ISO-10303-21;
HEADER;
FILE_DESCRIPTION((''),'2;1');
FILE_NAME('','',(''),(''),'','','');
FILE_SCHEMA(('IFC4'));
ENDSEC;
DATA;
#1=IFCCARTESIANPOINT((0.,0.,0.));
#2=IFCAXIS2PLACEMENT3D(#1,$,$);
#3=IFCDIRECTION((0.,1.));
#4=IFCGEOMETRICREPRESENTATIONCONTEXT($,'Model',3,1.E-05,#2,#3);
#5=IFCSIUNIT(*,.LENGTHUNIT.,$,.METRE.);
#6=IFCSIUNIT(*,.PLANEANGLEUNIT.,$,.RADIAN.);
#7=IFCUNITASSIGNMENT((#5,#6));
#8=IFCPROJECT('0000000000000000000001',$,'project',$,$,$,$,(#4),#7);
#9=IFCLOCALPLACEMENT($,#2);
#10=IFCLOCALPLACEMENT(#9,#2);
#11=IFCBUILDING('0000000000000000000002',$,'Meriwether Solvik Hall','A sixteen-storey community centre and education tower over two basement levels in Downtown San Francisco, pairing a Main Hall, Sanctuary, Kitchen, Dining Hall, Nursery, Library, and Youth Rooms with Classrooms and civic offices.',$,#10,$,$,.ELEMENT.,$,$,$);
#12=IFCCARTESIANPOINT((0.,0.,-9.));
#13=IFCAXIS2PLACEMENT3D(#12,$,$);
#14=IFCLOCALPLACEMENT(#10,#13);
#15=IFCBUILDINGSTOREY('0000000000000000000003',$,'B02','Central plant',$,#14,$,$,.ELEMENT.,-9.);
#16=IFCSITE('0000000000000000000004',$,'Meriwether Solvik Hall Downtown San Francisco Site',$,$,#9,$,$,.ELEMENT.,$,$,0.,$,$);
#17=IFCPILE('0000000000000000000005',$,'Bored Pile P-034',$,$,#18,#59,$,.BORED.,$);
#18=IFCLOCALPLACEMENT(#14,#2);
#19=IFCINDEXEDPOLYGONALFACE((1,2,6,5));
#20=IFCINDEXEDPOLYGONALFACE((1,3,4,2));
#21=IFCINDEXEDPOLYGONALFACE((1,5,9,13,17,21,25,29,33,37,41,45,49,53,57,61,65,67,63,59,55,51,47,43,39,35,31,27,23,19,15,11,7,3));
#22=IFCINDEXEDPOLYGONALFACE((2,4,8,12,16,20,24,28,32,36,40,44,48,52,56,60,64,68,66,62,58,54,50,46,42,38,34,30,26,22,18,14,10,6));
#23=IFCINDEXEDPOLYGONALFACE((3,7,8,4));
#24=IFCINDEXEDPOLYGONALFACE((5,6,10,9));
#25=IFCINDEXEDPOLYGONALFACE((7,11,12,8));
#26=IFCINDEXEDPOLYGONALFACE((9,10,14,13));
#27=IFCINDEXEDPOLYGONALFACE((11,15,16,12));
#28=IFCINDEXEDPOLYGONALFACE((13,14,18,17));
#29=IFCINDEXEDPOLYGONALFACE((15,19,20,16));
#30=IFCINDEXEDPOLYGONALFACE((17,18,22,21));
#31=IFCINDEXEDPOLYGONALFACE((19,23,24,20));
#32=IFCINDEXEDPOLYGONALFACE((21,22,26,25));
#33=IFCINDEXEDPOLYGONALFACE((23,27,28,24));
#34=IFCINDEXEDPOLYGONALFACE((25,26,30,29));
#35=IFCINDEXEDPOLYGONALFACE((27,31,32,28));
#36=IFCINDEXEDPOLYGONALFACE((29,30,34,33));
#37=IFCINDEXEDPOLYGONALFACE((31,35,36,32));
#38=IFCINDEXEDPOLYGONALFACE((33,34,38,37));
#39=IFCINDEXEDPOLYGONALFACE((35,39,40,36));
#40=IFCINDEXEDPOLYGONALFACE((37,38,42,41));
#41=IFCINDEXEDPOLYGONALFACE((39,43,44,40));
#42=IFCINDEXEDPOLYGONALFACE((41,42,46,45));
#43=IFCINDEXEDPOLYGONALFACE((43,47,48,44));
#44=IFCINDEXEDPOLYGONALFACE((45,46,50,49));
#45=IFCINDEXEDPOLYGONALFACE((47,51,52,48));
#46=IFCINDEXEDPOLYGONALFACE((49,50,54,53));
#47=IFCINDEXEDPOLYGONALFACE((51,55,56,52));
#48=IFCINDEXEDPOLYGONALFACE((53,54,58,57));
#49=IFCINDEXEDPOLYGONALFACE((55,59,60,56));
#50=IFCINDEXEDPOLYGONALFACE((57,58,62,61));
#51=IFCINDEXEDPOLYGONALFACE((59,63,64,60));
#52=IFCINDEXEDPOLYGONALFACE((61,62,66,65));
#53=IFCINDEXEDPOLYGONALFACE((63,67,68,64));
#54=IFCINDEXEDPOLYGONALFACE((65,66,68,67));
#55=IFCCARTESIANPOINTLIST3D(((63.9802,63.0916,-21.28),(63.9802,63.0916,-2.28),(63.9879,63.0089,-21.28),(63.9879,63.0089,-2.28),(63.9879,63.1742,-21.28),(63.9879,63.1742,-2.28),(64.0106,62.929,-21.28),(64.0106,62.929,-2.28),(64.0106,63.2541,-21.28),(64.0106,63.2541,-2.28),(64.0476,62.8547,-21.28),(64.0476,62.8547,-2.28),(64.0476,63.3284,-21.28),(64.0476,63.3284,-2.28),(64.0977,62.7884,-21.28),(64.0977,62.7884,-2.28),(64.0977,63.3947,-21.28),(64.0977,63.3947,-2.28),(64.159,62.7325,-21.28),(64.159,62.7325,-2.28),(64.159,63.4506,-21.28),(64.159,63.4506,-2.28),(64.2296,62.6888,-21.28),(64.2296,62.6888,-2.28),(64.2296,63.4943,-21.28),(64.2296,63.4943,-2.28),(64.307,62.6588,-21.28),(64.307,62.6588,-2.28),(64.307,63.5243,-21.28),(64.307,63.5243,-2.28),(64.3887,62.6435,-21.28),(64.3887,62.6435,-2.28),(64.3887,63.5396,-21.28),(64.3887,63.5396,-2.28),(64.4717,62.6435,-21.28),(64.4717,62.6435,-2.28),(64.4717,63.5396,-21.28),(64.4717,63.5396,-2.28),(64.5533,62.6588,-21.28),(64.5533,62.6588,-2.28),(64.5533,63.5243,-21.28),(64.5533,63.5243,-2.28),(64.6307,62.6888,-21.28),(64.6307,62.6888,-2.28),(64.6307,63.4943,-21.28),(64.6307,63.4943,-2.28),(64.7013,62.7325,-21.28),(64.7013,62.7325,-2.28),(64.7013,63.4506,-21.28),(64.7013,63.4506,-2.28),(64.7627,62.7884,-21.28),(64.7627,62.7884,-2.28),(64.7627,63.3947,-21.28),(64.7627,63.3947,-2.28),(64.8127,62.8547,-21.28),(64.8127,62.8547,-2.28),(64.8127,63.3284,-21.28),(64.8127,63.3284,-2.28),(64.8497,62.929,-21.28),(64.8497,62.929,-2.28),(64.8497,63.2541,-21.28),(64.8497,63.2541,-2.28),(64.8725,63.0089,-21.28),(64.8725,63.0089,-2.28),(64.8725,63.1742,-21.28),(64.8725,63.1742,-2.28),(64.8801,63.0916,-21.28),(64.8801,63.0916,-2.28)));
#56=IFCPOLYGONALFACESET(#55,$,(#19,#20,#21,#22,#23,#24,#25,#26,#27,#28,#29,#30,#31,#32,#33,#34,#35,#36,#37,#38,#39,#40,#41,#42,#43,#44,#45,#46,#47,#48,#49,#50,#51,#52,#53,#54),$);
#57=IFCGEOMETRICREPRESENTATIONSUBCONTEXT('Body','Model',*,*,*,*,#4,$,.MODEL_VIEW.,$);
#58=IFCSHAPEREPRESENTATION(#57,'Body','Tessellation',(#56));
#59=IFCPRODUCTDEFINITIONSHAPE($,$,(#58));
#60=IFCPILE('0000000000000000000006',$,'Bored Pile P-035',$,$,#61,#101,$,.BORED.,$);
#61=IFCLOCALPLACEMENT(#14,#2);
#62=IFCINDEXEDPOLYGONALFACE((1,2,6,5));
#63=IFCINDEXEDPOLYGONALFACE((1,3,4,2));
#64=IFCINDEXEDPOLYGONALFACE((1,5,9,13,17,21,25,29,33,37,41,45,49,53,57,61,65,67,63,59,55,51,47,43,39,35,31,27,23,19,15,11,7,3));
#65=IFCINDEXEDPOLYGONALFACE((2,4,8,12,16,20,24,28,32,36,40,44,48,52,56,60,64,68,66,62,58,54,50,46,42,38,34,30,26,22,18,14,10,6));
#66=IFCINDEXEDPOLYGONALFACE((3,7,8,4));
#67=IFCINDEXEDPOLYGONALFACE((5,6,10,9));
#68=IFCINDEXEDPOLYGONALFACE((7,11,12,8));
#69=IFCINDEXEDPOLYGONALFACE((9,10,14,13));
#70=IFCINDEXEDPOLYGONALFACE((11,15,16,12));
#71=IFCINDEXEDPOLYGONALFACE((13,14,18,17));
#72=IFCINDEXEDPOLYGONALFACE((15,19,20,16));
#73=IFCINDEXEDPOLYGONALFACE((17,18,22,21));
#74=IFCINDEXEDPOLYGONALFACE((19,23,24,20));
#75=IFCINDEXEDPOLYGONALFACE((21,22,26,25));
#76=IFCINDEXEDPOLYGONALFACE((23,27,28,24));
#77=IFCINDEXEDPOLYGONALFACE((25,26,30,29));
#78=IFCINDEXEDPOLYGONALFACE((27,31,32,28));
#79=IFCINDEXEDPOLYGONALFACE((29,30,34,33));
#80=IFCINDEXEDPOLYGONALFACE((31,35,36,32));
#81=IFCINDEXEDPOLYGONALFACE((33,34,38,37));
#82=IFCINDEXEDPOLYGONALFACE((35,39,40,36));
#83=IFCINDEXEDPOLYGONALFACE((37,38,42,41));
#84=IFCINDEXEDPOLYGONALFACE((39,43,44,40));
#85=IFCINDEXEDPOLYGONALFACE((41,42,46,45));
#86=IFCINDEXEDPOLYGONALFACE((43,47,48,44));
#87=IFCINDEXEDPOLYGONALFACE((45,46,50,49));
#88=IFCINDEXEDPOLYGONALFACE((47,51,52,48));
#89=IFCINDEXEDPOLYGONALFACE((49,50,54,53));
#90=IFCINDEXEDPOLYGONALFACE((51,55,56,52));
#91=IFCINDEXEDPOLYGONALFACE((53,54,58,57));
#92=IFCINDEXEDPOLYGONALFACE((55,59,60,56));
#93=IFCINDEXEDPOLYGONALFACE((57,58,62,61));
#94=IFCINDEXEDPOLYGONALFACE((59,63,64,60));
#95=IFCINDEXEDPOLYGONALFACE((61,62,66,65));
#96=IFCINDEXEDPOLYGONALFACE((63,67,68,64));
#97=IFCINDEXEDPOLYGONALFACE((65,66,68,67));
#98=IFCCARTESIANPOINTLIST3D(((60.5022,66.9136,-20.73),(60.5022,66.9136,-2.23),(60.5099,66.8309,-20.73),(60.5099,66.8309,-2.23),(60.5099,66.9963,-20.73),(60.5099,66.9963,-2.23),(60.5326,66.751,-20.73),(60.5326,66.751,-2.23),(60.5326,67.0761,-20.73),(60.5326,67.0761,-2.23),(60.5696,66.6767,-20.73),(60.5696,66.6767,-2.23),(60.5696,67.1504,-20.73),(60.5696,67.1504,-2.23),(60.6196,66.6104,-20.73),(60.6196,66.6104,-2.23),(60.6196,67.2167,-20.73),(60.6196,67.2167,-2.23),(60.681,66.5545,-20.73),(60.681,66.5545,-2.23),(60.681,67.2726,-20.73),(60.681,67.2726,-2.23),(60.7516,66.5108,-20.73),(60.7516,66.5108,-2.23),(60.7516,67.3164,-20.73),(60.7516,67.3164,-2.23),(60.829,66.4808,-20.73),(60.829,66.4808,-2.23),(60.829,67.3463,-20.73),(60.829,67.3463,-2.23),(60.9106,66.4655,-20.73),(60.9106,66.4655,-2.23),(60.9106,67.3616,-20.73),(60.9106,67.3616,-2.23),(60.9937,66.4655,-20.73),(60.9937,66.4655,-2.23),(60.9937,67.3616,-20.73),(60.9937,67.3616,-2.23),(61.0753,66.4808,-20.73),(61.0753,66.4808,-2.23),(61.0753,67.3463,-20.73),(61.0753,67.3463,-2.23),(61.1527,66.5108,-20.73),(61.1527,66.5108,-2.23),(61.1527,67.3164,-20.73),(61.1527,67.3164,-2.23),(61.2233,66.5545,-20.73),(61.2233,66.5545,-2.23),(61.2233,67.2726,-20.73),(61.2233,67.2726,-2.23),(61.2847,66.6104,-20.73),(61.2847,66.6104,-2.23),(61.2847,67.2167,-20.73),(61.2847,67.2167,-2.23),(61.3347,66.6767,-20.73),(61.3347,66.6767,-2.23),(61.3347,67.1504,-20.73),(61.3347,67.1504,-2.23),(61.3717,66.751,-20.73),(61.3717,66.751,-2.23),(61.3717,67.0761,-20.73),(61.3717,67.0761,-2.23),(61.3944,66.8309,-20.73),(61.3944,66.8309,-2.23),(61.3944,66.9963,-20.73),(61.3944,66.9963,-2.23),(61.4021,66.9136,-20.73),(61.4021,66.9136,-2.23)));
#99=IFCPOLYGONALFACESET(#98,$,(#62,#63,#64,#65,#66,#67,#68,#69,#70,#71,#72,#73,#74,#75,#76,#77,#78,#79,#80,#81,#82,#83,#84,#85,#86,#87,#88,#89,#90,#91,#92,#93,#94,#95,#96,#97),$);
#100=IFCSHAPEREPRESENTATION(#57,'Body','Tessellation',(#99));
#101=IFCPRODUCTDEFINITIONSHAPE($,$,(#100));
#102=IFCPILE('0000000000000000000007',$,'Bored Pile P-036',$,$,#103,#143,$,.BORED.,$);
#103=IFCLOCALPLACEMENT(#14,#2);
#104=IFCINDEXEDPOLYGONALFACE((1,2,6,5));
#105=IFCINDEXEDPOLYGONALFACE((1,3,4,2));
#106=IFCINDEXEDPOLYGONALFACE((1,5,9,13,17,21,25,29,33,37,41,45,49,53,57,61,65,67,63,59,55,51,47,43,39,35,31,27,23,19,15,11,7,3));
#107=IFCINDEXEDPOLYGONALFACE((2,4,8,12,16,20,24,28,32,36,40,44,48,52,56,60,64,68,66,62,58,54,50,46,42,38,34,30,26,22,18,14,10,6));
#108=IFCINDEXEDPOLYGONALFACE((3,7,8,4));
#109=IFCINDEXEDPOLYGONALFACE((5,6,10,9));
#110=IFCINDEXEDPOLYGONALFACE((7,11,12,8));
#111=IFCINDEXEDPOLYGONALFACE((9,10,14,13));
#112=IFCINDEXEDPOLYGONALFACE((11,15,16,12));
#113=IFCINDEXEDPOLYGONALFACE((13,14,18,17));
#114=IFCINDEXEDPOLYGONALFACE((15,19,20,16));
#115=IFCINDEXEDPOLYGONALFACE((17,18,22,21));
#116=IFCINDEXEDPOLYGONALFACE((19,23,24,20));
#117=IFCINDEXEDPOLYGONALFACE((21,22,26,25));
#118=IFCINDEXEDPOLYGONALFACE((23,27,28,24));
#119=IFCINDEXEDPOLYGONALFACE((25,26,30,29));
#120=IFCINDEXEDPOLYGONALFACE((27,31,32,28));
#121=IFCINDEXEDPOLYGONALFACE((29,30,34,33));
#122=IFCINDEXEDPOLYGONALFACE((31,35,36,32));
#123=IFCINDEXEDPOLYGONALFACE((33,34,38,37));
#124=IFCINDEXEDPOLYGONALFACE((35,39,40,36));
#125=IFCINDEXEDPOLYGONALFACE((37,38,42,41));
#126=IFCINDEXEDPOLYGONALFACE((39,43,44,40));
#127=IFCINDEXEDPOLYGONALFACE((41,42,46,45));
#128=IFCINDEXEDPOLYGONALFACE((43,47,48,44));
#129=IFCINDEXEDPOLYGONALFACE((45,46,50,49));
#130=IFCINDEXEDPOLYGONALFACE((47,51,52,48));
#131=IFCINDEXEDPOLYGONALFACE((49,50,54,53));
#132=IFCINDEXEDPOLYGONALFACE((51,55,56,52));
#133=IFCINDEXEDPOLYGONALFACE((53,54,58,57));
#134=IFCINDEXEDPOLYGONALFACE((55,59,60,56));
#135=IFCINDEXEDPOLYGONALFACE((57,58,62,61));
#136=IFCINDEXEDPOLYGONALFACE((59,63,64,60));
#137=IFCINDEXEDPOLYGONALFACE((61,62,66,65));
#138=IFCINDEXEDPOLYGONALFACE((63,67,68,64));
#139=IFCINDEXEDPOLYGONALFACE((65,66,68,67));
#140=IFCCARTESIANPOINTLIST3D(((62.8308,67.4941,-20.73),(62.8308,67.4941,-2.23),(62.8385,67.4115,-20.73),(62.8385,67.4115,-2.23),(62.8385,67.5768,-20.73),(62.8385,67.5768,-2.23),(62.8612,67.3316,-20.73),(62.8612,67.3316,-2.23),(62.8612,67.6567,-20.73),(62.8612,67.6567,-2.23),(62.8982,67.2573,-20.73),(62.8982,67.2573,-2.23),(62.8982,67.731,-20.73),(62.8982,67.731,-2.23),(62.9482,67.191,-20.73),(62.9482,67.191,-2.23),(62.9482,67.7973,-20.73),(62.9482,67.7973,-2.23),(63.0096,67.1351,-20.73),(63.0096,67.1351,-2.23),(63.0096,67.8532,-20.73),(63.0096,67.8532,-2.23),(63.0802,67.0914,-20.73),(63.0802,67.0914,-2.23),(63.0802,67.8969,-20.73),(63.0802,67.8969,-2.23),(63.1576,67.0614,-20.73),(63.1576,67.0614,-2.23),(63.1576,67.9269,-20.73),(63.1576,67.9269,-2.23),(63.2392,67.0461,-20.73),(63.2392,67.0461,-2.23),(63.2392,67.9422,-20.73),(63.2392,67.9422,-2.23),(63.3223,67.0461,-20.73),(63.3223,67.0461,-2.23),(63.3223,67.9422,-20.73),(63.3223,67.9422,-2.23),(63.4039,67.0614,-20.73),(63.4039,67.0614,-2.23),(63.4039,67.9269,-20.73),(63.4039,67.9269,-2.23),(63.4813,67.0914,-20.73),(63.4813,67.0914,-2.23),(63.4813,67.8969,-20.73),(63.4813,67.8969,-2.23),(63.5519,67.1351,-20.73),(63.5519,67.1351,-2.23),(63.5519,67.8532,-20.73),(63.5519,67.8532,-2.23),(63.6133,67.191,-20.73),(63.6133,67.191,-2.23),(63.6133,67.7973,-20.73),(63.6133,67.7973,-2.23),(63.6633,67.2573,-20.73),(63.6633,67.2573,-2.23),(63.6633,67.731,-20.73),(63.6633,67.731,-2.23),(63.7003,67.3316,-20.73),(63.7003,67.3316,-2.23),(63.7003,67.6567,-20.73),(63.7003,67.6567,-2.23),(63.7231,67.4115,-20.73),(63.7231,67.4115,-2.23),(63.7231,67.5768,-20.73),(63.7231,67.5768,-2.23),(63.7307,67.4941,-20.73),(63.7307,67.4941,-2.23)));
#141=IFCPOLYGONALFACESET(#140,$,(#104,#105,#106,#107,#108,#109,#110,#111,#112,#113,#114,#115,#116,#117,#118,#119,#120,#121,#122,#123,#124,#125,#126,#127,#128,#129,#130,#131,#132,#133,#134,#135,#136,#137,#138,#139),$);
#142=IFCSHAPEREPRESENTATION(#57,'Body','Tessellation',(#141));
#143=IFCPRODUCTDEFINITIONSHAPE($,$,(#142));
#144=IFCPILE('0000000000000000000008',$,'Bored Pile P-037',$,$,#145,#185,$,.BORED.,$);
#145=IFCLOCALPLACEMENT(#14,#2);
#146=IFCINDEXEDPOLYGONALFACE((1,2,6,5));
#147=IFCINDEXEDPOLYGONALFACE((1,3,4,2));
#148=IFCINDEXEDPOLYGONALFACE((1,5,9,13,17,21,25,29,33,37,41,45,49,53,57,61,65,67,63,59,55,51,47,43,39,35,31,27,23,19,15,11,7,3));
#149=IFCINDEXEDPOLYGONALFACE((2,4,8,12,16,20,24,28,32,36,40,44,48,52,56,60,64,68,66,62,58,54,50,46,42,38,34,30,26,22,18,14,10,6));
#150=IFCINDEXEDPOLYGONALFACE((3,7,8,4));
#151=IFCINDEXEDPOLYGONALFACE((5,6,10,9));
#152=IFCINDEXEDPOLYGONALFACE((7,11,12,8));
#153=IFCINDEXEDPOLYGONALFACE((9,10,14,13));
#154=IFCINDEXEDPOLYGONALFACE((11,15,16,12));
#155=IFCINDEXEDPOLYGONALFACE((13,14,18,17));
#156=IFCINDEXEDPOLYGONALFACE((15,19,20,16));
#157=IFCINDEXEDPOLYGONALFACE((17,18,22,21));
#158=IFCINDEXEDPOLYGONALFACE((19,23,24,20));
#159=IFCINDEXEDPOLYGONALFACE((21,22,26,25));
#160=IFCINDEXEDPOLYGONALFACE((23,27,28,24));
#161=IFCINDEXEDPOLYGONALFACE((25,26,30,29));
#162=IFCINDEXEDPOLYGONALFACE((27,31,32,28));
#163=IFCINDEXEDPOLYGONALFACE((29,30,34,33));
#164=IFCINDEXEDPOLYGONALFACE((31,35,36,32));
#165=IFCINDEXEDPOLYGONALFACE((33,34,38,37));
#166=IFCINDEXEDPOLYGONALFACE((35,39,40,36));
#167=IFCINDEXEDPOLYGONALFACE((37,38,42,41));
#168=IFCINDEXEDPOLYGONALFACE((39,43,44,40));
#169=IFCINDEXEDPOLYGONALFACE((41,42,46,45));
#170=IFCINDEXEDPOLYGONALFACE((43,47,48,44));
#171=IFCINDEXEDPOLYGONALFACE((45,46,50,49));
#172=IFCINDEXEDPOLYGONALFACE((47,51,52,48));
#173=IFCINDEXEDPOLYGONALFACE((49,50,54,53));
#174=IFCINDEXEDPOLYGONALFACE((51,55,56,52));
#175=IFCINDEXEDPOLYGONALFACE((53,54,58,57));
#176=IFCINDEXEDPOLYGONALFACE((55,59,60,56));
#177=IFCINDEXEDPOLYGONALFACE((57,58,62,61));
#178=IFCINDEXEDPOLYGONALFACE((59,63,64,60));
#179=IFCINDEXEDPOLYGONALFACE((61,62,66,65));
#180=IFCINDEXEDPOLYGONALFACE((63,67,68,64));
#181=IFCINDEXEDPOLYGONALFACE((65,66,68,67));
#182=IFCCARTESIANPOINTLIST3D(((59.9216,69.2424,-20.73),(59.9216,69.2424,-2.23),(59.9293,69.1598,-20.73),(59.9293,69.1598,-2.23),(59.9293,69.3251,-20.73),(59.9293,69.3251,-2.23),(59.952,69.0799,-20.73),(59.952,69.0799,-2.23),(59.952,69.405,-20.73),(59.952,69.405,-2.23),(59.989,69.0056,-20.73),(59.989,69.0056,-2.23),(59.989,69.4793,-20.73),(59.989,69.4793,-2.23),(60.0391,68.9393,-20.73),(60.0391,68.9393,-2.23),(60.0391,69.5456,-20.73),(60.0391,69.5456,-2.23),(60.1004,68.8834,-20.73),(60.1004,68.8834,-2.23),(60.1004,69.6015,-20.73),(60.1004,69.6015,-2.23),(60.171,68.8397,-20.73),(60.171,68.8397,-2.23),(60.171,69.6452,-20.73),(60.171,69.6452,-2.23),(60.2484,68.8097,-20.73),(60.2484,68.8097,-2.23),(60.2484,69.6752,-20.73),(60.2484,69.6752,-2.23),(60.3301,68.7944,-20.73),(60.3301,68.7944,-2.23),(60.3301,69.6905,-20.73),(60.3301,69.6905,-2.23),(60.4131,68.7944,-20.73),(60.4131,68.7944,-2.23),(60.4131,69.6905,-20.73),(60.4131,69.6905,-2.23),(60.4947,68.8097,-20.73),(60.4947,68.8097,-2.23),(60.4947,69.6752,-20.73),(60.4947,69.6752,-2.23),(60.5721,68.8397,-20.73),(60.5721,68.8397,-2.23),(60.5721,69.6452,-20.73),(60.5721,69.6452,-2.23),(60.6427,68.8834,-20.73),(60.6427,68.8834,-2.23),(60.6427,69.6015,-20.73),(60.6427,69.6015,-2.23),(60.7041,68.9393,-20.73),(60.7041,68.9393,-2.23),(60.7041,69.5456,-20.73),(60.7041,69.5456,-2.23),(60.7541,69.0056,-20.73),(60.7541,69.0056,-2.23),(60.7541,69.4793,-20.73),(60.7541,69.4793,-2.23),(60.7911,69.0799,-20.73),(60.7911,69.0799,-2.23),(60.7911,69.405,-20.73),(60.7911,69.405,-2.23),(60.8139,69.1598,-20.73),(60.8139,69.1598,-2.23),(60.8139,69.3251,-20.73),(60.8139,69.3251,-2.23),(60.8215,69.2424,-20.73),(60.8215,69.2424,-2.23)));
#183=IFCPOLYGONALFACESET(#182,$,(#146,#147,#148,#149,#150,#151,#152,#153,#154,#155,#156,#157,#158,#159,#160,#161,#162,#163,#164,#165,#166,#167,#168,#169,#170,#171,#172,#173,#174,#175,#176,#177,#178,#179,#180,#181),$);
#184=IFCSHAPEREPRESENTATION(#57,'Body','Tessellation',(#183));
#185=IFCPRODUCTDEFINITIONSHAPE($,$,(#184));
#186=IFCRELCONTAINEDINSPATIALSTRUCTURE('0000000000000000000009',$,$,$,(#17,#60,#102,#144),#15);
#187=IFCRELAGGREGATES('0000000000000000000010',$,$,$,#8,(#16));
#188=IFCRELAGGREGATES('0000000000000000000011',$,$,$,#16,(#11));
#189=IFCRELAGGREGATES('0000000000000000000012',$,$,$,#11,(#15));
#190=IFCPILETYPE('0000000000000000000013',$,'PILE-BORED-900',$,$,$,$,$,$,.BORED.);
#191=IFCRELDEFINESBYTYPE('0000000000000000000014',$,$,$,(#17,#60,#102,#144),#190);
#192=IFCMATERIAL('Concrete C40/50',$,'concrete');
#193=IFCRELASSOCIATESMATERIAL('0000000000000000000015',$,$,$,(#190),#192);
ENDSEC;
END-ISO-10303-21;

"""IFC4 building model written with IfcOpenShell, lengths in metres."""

from ifc_helpers import new_model, si_unit, direction, frame, origin, origin_2d, place, context, subcontext, project, spatial, circle, extrude, material, material_profile, profile_set, type_object, element, save


model = new_model("IFC4")

# Units and contexts
model_context = context("Model", 3, precision=1e-05, world=origin(), true_north=direction((0.0, 1.0)))
body_context = subcontext(model_context, "Body", "Model", "MODEL_VIEW")
ifc_project = project(units=[si_unit("LENGTHUNIT", "METRE"), si_unit("PLANEANGLEUNIT", "RADIAN")], contexts=[model_context])

# Site, building, storey
site_placement = place(None, origin())
site = spatial("IfcSite", under=ifc_project, at=site_placement, Name="Meriwether Solvik Hall Downtown San Francisco Site", CompositionType="ELEMENT", RefElevation=0.0)
building_placement = place(site_placement, origin())
building = spatial("IfcBuilding", under=site, at=building_placement, Name="Meriwether Solvik Hall", Description="A sixteen-storey community centre and education tower over two basement levels in Downtown San Francisco, pairing a Main Hall, Sanctuary, Kitchen, Dining Hall, Nursery, Library, and Youth Rooms with Classrooms and civic offices.", CompositionType="ELEMENT")
storey_placement = place(building_placement, frame((0.0, 0.0, -9.0)))
storey = spatial("IfcBuildingStorey", under=building, at=storey_placement, Name="B02", Description="Central plant", CompositionType="ELEMENT", Elevation=-9.0)

# Piles
ifc_material_1 = material(Name="Concrete C40/50", Category="concrete")
ifc_material_profile_1 = material_profile(ifc_material_1, circle(Radius=0.45, at=origin_2d()), Name="PILE-D900")
ifc_profile_set_1 = profile_set([ifc_material_profile_1], Name="Concrete C40/50")
pile_type_1 = type_object("IfcPileType", Name="PILE-BORED-900", PredefinedType="BORED", material=ifc_profile_set_1)
for number, where, z_axis, x_axis, name in (
    (1, (64.4302, 63.0916, -2.28), (0.0, 0.0, -1.0), (1.0, 0.0, 0.0), "Bored Pile P-034"),
):
    element("IfcPile", number, at=place(storey_placement, frame(where, z_axis=z_axis, x_axis=x_axis)), inside=storey, type_object=pile_type_1, Name=name, PredefinedType="BORED", context=body_context, shape_type="SweptSolid", body=[
        extrude(circle(Radius=0.45, at=origin_2d()), origin(), (0.0, 0.0, 1.0), 19.0),
    ])
for number, where, z_axis, x_axis, name in (
    (2, (60.9521, 66.9136, -2.23), (0.0, 0.0, -1.0), (1.0, 0.0, 0.0), "Bored Pile P-035"),
    (3, (63.2808, 67.4941, -2.23), (0.0, 0.0, -1.0), (1.0, 0.0, 0.0), "Bored Pile P-036"),
    (4, (60.3716, 69.2424, -2.23), (0.0, 0.0, -1.0), (1.0, 0.0, 0.0), "Bored Pile P-037"),
):
    element("IfcPile", number, at=place(storey_placement, frame(where, z_axis=z_axis, x_axis=x_axis)), inside=storey, type_object=pile_type_1, Name=name, PredefinedType="BORED", context=body_context, shape_type="SweptSolid", body=[
        extrude(circle(Radius=0.45, at=origin_2d()), origin(), (0.0, 0.0, 1.0), 18.5),
    ])

save(model, "model.ifc")
